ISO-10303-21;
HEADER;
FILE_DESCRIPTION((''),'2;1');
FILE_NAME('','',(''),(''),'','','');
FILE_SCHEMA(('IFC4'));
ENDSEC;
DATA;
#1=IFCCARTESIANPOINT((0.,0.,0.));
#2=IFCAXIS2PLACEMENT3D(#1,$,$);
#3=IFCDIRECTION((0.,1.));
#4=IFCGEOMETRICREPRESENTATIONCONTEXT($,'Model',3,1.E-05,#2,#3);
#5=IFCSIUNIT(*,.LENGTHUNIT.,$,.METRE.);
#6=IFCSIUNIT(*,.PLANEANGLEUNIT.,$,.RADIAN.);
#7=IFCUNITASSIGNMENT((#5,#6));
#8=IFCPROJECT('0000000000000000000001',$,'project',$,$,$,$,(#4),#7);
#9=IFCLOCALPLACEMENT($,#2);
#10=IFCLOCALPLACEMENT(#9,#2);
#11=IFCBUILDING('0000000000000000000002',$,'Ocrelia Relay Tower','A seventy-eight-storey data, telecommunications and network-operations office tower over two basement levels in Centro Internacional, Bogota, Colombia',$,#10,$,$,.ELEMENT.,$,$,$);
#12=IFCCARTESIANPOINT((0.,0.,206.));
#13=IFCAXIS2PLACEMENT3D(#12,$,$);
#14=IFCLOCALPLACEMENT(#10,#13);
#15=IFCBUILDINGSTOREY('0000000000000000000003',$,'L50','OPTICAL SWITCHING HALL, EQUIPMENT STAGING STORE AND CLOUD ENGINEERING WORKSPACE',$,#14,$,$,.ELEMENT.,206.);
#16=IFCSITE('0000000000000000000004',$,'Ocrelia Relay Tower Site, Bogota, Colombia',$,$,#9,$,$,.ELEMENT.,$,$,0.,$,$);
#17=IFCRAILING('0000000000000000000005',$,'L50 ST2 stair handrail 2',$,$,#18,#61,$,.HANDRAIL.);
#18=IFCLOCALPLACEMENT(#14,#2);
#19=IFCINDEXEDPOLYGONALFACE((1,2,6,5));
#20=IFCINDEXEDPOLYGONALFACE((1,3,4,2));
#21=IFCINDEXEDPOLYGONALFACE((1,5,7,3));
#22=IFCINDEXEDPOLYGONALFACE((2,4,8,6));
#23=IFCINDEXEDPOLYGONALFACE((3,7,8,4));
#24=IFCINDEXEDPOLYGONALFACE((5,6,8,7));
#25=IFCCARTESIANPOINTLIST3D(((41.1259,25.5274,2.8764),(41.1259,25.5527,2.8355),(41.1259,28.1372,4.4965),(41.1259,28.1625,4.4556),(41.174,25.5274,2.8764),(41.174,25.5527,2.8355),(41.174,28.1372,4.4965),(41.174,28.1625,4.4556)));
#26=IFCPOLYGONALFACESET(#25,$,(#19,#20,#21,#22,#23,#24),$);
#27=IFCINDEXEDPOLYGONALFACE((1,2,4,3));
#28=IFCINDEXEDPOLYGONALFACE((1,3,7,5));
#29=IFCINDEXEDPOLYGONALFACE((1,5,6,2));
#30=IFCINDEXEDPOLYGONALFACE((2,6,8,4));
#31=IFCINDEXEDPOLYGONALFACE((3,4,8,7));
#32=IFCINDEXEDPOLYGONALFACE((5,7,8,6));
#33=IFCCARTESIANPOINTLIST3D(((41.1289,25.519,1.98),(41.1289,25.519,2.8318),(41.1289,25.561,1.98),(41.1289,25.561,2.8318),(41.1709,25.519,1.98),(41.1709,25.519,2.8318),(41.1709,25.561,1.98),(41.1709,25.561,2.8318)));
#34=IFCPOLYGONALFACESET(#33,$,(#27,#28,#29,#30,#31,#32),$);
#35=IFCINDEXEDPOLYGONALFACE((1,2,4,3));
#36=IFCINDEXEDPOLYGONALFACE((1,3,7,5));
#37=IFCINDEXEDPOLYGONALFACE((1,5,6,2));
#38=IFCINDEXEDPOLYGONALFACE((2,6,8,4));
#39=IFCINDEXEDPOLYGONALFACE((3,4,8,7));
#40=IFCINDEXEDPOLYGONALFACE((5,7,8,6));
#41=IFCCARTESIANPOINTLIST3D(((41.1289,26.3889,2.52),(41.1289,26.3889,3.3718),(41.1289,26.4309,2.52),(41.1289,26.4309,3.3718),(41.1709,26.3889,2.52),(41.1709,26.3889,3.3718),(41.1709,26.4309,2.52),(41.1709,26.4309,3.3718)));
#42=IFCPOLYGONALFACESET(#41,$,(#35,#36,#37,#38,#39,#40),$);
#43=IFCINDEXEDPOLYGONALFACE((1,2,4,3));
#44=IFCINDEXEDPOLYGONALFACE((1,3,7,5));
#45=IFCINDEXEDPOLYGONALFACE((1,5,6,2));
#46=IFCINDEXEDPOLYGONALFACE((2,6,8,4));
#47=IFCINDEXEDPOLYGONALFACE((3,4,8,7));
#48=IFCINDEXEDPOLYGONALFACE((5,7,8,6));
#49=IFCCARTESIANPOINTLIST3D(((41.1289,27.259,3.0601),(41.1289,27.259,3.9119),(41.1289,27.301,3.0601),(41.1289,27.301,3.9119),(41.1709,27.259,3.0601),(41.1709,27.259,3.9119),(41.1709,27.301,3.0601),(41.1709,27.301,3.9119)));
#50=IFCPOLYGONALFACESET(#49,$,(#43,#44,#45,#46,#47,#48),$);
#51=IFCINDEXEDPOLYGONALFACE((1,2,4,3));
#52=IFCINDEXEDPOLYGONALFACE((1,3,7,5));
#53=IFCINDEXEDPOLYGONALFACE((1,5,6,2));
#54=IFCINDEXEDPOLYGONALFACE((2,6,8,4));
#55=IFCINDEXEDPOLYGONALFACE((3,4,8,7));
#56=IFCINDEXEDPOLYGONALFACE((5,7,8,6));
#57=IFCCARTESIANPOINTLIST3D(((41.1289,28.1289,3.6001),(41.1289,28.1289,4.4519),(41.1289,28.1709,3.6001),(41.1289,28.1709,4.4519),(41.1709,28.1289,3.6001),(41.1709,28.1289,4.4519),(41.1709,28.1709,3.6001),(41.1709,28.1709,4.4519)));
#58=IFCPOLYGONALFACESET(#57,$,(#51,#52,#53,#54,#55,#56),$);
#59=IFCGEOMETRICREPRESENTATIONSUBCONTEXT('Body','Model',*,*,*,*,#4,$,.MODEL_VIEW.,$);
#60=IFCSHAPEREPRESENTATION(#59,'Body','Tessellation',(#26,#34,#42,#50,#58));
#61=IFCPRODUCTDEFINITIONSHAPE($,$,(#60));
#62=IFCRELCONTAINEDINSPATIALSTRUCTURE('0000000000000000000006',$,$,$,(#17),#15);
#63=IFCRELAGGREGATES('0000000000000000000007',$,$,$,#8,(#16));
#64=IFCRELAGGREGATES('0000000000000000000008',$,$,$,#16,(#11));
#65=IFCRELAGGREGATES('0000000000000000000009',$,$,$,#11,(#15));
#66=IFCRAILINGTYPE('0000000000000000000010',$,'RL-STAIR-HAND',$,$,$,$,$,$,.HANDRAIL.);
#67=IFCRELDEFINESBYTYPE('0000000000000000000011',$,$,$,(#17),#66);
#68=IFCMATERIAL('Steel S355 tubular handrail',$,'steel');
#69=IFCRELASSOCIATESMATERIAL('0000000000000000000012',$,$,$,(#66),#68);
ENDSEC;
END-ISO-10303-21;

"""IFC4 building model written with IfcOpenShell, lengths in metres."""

from ifc_helpers import new_model, si_unit, direction, frame, origin, origin_2d, place, context, subcontext, project, spatial, rectangle, extrude, material, type_object, element, save


model = new_model("IFC4")

# Units and contexts
model_context = context("Model", 3, precision=1e-05, world=origin(), true_north=direction((0.0, 1.0)))
body_context = subcontext(model_context, "Body", "Model", "MODEL_VIEW")
ifc_project = project(units=[si_unit("LENGTHUNIT", "METRE"), si_unit("PLANEANGLEUNIT", "RADIAN")], contexts=[model_context])

# Site, building, storey
site_placement = place(None, origin())
site = spatial("IfcSite", under=ifc_project, at=site_placement, Name="Ocrelia Relay Tower Site, Bogota, Colombia", CompositionType="ELEMENT", RefElevation=0.0)
building_placement = place(site_placement, origin())
building = spatial("IfcBuilding", under=site, at=building_placement, Name="Ocrelia Relay Tower", Description="A seventy-eight-storey data, telecommunications and network-operations office tower over two basement levels in Centro Internacional, Bogota, Colombia", CompositionType="ELEMENT")
storey_placement = place(building_placement, frame((0.0, 0.0, 206.0)))
storey = spatial("IfcBuildingStorey", under=building, at=storey_placement, Name="L50", Description="OPTICAL SWITCHING HALL, EQUIPMENT STAGING STORE AND CLOUD ENGINEERING WORKSPACE", CompositionType="ELEMENT", Elevation=206.0)

# Railing
ifc_material_1 = material(Name="Steel S355 tubular handrail", Category="steel")
railing_type_1 = type_object("IfcRailingType", Name="RL-STAIR-HAND", PredefinedType="HANDRAIL", material=ifc_material_1)
railing_1_placement = place(storey_placement, frame((41.1499, 25.54, 1.98)))
element("IfcRailing", 1, at=railing_1_placement, inside=storey, type_object=railing_type_1, Name="L50 ST2 stair handrail 2", PredefinedType="HANDRAIL", context=body_context, shape_type="SweptSolid", body=[
    extrude(rectangle(XDim=0.0481, YDim=0.0481, at=origin_2d()), frame((0.0, 0.0, 0.876), z_axis=(0.0, 0.849611, 0.52741), x_axis=(-1.0, 0.0, 0.0)), (0.0, 0.0, 1.0), 3.0718),
    extrude(rectangle(XDim=0.042, YDim=0.042, at=origin_2d()), origin(), (0.0, 0.0, 1.0), 0.8518),
    extrude(rectangle(XDim=0.042, YDim=0.042, at=origin_2d()), frame((0.0, 0.8699, 0.54)), (0.0, 0.0, 1.0), 0.8518),
    extrude(rectangle(XDim=0.042, YDim=0.042, at=origin_2d()), frame((0.0, 1.74, 1.0801)), (0.0, 0.0, 1.0), 0.8518),
    extrude(rectangle(XDim=0.042, YDim=0.042, at=origin_2d()), frame((0.0, 2.6099, 1.6201)), (0.0, 0.0, 1.0), 0.8518),
])

save(model, "model.ifc")
